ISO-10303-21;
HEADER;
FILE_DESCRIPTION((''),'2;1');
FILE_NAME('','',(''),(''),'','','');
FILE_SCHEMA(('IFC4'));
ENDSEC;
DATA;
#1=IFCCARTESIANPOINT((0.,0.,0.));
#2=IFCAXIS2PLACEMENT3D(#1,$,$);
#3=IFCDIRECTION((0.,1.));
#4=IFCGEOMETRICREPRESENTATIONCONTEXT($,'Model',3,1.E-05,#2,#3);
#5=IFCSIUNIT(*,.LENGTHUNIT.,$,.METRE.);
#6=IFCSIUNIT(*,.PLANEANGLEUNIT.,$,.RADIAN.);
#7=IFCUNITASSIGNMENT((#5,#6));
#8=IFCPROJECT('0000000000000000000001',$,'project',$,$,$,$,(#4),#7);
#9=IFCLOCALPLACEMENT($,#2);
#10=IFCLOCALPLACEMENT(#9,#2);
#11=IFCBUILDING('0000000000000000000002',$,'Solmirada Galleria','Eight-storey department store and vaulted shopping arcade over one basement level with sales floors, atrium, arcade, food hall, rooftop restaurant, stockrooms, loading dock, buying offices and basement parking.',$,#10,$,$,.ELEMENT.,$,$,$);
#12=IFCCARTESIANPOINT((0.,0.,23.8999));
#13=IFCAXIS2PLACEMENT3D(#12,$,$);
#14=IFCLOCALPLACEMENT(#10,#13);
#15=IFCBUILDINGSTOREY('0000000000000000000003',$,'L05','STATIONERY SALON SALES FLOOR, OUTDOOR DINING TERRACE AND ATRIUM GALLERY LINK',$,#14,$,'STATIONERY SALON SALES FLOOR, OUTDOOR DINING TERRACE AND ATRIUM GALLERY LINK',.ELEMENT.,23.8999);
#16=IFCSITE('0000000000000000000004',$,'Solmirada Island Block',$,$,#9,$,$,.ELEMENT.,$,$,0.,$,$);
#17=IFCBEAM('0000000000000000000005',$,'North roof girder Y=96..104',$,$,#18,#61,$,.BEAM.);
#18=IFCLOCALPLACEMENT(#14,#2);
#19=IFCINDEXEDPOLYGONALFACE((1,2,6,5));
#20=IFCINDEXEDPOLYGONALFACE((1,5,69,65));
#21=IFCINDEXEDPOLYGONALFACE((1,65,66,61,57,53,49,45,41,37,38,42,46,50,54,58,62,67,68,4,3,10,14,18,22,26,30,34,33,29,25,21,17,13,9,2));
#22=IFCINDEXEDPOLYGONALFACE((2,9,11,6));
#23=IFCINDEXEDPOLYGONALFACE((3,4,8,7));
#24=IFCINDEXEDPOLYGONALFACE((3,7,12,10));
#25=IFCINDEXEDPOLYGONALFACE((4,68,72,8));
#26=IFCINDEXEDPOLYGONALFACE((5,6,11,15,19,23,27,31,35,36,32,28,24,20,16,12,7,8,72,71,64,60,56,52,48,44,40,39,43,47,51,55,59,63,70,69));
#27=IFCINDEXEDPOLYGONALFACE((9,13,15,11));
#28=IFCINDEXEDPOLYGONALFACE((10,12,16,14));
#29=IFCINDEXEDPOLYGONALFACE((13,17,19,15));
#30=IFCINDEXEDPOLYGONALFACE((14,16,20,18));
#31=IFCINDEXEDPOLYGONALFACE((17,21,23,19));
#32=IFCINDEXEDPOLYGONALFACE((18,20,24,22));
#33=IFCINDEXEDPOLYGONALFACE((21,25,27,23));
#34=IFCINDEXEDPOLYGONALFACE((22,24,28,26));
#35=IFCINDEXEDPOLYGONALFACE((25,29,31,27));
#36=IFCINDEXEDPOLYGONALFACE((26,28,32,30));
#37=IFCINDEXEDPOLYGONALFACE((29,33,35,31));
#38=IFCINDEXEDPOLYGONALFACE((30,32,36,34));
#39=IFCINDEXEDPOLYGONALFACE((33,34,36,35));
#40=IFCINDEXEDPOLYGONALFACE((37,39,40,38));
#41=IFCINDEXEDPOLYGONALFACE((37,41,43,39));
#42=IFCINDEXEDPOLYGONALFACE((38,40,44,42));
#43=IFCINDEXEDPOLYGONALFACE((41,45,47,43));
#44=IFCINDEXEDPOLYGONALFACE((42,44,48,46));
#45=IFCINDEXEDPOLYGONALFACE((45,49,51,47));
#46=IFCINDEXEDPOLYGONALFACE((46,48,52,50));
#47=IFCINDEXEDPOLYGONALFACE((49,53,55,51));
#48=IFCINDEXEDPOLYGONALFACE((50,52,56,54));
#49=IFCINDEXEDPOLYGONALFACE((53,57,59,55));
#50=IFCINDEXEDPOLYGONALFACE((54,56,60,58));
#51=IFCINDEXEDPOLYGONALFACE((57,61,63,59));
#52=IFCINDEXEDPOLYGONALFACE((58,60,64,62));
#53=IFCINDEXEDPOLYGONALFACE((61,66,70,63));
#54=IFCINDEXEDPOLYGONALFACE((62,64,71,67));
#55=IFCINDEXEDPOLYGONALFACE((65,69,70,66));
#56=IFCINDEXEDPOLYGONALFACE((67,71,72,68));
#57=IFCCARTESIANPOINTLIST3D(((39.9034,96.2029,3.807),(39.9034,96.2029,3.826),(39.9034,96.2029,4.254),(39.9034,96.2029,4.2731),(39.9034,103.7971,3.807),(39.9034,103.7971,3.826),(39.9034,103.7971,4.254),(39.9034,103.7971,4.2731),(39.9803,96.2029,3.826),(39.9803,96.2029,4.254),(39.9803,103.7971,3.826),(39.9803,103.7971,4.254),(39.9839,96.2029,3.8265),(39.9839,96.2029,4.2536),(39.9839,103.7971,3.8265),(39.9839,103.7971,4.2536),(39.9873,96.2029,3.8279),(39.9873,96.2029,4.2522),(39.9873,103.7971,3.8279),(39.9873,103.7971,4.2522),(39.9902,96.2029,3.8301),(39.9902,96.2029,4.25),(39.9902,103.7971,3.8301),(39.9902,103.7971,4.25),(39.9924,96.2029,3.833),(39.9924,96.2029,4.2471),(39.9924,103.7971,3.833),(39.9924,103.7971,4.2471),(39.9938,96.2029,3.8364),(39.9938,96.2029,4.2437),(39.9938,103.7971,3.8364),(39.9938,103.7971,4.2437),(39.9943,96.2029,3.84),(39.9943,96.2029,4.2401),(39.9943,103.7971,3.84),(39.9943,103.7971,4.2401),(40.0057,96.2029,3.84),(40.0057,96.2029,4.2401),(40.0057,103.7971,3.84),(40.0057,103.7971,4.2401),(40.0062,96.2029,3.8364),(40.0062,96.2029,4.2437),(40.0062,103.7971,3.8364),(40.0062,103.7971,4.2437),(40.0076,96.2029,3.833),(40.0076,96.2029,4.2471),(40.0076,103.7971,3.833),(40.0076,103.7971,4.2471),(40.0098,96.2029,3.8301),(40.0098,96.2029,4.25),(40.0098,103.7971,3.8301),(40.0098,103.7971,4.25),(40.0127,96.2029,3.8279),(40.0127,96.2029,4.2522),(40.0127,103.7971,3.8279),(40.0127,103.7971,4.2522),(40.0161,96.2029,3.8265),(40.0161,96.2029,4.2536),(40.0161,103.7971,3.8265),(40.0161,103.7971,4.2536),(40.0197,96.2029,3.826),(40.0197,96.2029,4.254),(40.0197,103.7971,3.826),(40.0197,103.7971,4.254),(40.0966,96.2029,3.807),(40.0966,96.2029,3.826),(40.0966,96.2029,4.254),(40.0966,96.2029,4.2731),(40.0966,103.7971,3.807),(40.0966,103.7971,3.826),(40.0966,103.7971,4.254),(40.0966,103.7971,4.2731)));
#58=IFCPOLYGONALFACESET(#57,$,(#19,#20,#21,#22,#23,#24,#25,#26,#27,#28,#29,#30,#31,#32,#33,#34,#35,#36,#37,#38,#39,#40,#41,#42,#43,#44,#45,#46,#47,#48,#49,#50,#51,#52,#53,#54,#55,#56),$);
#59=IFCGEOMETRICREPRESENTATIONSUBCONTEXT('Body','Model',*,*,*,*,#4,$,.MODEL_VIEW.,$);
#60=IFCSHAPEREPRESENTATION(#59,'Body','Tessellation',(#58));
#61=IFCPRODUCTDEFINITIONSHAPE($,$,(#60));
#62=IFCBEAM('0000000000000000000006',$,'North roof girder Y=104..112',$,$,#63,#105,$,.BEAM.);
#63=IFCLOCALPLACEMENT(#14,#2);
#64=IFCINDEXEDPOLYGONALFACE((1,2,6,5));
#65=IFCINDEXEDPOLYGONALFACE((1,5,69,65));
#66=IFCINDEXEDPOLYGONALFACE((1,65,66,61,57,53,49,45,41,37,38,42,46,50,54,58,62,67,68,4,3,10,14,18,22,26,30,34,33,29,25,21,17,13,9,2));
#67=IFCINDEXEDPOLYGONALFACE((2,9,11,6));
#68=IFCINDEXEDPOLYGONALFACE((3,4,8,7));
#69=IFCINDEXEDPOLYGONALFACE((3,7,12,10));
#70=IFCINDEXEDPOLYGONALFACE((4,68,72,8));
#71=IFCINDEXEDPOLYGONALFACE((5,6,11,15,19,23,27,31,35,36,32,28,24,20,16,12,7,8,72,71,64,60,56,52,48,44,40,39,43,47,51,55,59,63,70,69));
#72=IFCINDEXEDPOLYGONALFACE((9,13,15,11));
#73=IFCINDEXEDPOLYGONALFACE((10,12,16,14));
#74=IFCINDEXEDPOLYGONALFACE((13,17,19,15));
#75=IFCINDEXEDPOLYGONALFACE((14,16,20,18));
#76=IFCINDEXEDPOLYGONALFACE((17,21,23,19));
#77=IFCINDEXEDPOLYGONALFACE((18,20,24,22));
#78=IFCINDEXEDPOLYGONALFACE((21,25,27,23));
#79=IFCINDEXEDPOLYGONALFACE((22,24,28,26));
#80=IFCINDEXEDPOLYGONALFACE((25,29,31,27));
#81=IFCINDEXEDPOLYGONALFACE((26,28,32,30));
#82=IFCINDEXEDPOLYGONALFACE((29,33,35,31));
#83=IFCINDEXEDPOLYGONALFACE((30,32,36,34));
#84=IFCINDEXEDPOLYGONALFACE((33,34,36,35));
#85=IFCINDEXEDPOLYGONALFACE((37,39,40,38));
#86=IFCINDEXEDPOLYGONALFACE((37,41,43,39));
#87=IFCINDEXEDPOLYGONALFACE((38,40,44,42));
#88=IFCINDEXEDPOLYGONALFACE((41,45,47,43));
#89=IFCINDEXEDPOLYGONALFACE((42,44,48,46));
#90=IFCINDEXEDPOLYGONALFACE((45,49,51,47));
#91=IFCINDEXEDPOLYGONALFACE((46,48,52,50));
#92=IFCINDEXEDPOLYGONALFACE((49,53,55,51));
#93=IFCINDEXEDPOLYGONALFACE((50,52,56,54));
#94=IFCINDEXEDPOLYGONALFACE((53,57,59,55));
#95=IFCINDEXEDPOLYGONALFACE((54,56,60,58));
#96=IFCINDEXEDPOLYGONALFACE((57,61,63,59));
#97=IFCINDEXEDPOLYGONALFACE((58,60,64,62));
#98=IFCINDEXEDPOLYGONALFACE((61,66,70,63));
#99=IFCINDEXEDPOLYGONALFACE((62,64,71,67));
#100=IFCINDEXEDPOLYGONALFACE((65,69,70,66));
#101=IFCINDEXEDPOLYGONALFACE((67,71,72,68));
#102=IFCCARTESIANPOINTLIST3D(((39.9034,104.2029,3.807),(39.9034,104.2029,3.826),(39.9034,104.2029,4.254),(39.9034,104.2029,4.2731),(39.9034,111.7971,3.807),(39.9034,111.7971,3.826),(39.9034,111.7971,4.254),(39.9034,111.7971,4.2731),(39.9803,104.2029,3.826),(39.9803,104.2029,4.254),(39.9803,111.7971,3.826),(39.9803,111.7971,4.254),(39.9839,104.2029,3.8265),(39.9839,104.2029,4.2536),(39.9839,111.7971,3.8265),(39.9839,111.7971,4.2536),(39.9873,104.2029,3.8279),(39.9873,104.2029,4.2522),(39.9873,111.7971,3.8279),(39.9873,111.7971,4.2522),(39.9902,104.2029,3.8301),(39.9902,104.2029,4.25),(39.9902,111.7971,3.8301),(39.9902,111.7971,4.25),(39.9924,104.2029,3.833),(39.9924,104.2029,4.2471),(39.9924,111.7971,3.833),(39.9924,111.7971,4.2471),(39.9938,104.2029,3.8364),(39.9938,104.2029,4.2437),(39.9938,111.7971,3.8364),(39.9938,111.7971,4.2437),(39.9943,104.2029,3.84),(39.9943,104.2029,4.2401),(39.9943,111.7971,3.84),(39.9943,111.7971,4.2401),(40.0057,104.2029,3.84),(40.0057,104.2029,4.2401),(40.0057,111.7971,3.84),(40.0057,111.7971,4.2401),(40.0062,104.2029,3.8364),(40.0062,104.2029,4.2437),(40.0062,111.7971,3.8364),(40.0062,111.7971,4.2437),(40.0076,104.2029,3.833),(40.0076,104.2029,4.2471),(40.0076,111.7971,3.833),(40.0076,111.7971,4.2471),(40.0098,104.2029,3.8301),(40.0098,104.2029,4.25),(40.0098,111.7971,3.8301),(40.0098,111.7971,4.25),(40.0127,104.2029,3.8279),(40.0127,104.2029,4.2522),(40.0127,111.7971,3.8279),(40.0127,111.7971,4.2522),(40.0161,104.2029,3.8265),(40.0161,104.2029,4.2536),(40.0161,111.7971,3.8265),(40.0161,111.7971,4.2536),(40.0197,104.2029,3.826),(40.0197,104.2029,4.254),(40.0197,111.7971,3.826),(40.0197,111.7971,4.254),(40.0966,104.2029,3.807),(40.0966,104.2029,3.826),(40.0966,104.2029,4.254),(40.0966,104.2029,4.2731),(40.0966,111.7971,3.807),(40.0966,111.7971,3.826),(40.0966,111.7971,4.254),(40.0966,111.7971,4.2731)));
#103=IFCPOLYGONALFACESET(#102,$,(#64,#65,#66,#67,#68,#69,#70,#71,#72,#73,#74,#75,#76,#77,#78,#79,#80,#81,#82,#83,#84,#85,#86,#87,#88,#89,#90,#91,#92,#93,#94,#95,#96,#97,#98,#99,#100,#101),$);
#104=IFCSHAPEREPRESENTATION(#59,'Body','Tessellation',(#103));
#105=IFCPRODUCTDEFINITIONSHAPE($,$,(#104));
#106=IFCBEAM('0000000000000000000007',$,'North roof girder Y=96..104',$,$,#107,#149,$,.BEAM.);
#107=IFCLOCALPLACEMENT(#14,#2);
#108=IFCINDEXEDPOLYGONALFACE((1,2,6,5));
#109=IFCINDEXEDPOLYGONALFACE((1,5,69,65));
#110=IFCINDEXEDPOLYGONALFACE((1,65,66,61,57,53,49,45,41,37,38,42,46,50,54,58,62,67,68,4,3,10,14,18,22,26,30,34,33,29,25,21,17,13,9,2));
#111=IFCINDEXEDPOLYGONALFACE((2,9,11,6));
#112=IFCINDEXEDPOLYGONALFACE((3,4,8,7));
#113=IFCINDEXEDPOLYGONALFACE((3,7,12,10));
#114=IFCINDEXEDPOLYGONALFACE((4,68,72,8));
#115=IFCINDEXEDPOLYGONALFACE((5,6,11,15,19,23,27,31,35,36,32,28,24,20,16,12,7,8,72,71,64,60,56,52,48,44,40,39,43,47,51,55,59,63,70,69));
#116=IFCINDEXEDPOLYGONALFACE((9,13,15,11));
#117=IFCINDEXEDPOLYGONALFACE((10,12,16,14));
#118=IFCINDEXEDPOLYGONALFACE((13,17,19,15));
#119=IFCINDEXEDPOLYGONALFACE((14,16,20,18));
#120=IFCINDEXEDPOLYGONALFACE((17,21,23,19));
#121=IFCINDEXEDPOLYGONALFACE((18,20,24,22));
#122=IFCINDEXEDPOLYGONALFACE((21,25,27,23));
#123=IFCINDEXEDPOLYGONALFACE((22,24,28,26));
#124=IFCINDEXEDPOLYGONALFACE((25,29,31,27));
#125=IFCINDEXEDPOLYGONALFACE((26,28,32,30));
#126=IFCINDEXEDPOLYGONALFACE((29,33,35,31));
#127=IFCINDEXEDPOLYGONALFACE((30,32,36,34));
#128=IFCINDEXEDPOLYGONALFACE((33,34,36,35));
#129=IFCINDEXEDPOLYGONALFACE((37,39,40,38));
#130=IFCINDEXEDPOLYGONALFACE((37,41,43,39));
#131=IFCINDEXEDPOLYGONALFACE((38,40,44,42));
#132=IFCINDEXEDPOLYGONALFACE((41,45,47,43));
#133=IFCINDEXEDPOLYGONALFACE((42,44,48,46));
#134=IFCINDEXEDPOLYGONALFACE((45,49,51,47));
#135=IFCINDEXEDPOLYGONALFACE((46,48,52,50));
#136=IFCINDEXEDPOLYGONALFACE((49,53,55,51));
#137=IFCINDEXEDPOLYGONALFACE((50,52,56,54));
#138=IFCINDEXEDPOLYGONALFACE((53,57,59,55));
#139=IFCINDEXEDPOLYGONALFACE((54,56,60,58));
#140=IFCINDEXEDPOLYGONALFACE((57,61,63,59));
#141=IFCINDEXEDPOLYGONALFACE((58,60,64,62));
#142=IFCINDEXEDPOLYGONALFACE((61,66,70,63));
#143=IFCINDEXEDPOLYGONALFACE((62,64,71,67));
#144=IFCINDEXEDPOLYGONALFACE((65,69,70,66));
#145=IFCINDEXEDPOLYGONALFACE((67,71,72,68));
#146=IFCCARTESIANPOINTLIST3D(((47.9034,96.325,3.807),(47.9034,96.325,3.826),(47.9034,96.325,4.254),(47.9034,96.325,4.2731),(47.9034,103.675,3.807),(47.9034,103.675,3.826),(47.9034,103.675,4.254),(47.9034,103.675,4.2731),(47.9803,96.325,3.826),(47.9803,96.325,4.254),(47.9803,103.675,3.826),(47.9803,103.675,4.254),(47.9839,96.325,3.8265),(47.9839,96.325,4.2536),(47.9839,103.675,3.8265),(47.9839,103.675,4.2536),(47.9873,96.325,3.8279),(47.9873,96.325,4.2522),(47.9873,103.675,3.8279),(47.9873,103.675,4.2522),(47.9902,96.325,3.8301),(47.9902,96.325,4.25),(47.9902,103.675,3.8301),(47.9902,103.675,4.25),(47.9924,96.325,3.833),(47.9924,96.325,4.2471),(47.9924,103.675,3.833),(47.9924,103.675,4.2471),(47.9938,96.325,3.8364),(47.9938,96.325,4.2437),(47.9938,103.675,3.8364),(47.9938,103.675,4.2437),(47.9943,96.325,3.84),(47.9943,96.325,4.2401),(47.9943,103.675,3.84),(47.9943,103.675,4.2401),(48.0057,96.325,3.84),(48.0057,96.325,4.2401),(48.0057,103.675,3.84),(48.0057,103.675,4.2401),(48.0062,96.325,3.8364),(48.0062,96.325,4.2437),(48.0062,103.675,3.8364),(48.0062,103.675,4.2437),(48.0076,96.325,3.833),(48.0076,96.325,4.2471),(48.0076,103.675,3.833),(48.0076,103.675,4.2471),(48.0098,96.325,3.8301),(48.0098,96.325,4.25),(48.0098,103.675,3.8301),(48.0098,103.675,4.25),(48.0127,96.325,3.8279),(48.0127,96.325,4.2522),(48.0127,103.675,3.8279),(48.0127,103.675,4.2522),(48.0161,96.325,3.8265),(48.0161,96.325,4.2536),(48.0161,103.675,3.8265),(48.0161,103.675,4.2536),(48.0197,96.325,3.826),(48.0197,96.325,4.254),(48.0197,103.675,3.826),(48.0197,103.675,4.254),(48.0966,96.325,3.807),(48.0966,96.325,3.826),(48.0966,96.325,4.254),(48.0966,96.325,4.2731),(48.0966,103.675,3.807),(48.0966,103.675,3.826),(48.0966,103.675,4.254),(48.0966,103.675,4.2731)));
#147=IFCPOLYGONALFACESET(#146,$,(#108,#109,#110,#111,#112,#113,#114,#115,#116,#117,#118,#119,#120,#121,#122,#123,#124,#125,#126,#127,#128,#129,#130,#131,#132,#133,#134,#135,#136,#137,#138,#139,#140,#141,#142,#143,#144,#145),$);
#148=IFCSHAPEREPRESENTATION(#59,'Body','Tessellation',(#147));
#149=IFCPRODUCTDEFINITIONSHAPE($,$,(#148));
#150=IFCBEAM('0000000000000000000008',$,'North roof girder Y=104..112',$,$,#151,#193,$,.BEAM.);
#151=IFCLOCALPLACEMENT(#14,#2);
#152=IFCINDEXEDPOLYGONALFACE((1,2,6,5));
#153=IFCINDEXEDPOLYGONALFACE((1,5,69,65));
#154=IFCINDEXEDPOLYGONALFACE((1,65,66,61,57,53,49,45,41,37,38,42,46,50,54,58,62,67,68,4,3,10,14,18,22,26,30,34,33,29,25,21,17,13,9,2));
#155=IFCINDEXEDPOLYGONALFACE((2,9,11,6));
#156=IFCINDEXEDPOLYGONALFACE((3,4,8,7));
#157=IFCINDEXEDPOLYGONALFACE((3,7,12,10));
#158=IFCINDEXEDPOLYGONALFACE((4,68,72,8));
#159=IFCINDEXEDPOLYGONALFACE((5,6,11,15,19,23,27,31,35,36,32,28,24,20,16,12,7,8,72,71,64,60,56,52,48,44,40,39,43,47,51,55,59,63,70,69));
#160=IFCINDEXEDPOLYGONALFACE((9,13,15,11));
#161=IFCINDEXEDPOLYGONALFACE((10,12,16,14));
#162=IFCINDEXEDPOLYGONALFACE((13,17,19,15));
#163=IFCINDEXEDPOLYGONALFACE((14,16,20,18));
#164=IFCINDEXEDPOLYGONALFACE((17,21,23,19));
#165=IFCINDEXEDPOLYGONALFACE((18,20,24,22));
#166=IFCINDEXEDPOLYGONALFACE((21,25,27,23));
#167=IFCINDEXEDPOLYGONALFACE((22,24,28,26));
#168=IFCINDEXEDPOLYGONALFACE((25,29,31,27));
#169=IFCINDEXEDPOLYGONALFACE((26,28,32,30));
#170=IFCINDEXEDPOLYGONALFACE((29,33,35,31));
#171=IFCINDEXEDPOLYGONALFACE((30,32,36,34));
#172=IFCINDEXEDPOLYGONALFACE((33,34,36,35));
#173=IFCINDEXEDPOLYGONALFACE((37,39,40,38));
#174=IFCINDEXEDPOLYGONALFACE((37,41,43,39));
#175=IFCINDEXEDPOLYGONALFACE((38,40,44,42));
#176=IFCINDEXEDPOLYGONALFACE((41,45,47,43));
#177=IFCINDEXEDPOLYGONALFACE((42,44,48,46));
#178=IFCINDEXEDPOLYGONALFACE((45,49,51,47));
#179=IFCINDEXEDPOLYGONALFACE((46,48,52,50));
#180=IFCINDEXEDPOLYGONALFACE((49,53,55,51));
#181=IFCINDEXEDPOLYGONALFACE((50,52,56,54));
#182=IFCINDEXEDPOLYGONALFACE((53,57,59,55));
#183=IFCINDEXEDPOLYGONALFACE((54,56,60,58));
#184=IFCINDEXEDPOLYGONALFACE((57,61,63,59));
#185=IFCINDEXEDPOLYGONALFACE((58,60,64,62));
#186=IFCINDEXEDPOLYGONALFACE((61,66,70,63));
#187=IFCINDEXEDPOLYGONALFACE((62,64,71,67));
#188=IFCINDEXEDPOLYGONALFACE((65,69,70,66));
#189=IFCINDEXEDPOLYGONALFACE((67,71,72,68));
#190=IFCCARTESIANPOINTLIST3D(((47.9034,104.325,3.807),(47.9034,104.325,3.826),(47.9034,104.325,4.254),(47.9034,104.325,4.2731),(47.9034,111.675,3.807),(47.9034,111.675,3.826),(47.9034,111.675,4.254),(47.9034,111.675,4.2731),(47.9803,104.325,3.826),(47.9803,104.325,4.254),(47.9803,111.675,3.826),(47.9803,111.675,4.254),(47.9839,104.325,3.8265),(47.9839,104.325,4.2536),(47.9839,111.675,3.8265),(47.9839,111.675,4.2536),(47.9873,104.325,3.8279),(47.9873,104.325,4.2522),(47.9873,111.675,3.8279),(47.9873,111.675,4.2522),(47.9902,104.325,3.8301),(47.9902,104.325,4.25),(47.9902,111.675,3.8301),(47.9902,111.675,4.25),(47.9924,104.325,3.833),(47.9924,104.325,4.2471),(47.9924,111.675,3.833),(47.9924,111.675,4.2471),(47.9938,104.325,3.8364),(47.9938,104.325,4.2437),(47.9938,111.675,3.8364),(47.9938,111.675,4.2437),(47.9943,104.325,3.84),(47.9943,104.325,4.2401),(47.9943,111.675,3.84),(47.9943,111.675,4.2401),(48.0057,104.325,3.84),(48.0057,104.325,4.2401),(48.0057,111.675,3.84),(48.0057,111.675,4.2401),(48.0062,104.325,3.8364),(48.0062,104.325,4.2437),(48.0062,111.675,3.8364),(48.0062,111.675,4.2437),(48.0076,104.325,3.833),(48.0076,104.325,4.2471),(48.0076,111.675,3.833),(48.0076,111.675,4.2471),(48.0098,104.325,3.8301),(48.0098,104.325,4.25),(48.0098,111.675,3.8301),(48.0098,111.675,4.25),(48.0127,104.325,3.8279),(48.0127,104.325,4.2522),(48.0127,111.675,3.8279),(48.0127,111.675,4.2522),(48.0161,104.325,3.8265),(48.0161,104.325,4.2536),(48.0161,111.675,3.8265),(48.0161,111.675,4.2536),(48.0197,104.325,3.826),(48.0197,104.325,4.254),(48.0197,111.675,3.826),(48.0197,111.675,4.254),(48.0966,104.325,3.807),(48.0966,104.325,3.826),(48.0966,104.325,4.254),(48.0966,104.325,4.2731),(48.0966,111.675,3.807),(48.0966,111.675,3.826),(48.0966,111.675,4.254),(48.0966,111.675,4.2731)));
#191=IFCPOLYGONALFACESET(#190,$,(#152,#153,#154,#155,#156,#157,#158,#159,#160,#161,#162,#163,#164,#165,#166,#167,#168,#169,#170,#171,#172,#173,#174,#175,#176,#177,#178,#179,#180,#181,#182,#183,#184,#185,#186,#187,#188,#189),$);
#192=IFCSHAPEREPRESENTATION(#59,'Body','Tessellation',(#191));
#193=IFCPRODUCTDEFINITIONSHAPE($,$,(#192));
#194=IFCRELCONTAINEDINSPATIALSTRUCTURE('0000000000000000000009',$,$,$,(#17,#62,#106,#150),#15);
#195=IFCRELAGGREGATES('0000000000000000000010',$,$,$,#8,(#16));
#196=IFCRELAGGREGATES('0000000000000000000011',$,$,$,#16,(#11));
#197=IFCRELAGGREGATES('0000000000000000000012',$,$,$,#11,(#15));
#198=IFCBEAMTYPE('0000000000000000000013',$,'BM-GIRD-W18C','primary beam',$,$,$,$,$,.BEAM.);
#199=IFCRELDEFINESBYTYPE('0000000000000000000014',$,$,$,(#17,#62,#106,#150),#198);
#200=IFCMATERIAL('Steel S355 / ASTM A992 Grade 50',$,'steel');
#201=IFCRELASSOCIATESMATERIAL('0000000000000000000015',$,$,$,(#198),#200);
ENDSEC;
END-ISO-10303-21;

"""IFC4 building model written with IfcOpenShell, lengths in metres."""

from ifc_helpers import new_model, si_unit, direction, frame, origin, origin_2d, place, context, subcontext, project, spatial, i_section, extrude, material, material_profile, profile_set, type_object, element, save


model = new_model("IFC4")

# Units and contexts
model_context = context("Model", 3, precision=1e-05, world=origin(), true_north=direction((0.0, 1.0)))
body_context = subcontext(model_context, "Body", "Model", "MODEL_VIEW")
ifc_project = project(units=[si_unit("LENGTHUNIT", "METRE"), si_unit("PLANEANGLEUNIT", "RADIAN")], contexts=[model_context])

# Site, building, storey
site_placement = place(None, origin())
site = spatial("IfcSite", under=ifc_project, at=site_placement, Name="Solmirada Island Block", CompositionType="ELEMENT", RefElevation=0.0)
building_placement = place(site_placement, origin())
building = spatial("IfcBuilding", under=site, at=building_placement, Name="Solmirada Galleria", Description="Eight-storey department store and vaulted shopping arcade over one basement level with sales floors, atrium, arcade, food hall, rooftop restaurant, stockrooms, loading dock, buying offices and basement parking.", CompositionType="ELEMENT")
storey_placement = place(building_placement, frame((0.0, 0.0, 23.8999)))
storey = spatial("IfcBuildingStorey", under=building, at=storey_placement, Name="L05", Description="STATIONERY SALON SALES FLOOR, OUTDOOR DINING TERRACE AND ATRIUM GALLERY LINK", LongName="STATIONERY SALON SALES FLOOR, OUTDOOR DINING TERRACE AND ATRIUM GALLERY LINK", CompositionType="ELEMENT", Elevation=23.8999)

# Beams
ifc_material_1 = material(Name="Steel S355 / ASTM A992 Grade 50", Category="steel")
ifc_material_profile_1 = material_profile(ifc_material_1, i_section(OverallWidth=0.1931, OverallDepth=0.4661, WebThickness=0.0115, FlangeThickness=0.019, FilletRadius=0.0139, at=origin_2d()), Name="W18X65")
ifc_profile_set_1 = profile_set([ifc_material_profile_1], Name="Steel S355 / ASTM A992 Grade 50")
beam_type = type_object("IfcBeamType", Name="BM-GIRD-W18C", Description="primary beam", PredefinedType="BEAM", material=ifc_profile_set_1)
for number, where, z_axis, x_axis, name in (
    (1, (40.0, 96.2029, 4.04), (0.0, 1.0, 0.0), (-1.0, 0.0, 0.0), "North roof girder Y=96..104"),
    (2, (40.0, 104.2029, 4.04), (0.0, 1.0, 0.0), (-1.0, 0.0, 0.0), "North roof girder Y=104..112"),
):
    element("IfcBeam", number, at=place(storey_placement, frame(where, z_axis=z_axis, x_axis=x_axis)), inside=storey, type_object=beam_type, Name=name, PredefinedType="BEAM", context=body_context, shape_type="SweptSolid", body=[
        extrude(i_section(OverallWidth=0.1931, OverallDepth=0.4661, WebThickness=0.0115, FlangeThickness=0.019, FilletRadius=0.0139, at=origin_2d()), origin(), (0.0, 0.0, 1.0), 7.5942),
    ])
for number, where, z_axis, x_axis, name in (
    (3, (48.0, 96.325, 4.04), (0.0, 1.0, 0.0), (-1.0, 0.0, 0.0), "North roof girder Y=96..104"),
    (4, (48.0, 104.325, 4.04), (0.0, 1.0, 0.0), (-1.0, 0.0, 0.0), "North roof girder Y=104..112"),
):
    element("IfcBeam", number, at=place(storey_placement, frame(where, z_axis=z_axis, x_axis=x_axis)), inside=storey, type_object=beam_type, Name=name, PredefinedType="BEAM", context=body_context, shape_type="SweptSolid", body=[
        extrude(i_section(OverallWidth=0.1931, OverallDepth=0.4661, WebThickness=0.0115, FlangeThickness=0.019, FilletRadius=0.0139, at=origin_2d()), origin(), (0.0, 0.0, 1.0), 7.3501),
    ])

save(model, "model.ifc")
